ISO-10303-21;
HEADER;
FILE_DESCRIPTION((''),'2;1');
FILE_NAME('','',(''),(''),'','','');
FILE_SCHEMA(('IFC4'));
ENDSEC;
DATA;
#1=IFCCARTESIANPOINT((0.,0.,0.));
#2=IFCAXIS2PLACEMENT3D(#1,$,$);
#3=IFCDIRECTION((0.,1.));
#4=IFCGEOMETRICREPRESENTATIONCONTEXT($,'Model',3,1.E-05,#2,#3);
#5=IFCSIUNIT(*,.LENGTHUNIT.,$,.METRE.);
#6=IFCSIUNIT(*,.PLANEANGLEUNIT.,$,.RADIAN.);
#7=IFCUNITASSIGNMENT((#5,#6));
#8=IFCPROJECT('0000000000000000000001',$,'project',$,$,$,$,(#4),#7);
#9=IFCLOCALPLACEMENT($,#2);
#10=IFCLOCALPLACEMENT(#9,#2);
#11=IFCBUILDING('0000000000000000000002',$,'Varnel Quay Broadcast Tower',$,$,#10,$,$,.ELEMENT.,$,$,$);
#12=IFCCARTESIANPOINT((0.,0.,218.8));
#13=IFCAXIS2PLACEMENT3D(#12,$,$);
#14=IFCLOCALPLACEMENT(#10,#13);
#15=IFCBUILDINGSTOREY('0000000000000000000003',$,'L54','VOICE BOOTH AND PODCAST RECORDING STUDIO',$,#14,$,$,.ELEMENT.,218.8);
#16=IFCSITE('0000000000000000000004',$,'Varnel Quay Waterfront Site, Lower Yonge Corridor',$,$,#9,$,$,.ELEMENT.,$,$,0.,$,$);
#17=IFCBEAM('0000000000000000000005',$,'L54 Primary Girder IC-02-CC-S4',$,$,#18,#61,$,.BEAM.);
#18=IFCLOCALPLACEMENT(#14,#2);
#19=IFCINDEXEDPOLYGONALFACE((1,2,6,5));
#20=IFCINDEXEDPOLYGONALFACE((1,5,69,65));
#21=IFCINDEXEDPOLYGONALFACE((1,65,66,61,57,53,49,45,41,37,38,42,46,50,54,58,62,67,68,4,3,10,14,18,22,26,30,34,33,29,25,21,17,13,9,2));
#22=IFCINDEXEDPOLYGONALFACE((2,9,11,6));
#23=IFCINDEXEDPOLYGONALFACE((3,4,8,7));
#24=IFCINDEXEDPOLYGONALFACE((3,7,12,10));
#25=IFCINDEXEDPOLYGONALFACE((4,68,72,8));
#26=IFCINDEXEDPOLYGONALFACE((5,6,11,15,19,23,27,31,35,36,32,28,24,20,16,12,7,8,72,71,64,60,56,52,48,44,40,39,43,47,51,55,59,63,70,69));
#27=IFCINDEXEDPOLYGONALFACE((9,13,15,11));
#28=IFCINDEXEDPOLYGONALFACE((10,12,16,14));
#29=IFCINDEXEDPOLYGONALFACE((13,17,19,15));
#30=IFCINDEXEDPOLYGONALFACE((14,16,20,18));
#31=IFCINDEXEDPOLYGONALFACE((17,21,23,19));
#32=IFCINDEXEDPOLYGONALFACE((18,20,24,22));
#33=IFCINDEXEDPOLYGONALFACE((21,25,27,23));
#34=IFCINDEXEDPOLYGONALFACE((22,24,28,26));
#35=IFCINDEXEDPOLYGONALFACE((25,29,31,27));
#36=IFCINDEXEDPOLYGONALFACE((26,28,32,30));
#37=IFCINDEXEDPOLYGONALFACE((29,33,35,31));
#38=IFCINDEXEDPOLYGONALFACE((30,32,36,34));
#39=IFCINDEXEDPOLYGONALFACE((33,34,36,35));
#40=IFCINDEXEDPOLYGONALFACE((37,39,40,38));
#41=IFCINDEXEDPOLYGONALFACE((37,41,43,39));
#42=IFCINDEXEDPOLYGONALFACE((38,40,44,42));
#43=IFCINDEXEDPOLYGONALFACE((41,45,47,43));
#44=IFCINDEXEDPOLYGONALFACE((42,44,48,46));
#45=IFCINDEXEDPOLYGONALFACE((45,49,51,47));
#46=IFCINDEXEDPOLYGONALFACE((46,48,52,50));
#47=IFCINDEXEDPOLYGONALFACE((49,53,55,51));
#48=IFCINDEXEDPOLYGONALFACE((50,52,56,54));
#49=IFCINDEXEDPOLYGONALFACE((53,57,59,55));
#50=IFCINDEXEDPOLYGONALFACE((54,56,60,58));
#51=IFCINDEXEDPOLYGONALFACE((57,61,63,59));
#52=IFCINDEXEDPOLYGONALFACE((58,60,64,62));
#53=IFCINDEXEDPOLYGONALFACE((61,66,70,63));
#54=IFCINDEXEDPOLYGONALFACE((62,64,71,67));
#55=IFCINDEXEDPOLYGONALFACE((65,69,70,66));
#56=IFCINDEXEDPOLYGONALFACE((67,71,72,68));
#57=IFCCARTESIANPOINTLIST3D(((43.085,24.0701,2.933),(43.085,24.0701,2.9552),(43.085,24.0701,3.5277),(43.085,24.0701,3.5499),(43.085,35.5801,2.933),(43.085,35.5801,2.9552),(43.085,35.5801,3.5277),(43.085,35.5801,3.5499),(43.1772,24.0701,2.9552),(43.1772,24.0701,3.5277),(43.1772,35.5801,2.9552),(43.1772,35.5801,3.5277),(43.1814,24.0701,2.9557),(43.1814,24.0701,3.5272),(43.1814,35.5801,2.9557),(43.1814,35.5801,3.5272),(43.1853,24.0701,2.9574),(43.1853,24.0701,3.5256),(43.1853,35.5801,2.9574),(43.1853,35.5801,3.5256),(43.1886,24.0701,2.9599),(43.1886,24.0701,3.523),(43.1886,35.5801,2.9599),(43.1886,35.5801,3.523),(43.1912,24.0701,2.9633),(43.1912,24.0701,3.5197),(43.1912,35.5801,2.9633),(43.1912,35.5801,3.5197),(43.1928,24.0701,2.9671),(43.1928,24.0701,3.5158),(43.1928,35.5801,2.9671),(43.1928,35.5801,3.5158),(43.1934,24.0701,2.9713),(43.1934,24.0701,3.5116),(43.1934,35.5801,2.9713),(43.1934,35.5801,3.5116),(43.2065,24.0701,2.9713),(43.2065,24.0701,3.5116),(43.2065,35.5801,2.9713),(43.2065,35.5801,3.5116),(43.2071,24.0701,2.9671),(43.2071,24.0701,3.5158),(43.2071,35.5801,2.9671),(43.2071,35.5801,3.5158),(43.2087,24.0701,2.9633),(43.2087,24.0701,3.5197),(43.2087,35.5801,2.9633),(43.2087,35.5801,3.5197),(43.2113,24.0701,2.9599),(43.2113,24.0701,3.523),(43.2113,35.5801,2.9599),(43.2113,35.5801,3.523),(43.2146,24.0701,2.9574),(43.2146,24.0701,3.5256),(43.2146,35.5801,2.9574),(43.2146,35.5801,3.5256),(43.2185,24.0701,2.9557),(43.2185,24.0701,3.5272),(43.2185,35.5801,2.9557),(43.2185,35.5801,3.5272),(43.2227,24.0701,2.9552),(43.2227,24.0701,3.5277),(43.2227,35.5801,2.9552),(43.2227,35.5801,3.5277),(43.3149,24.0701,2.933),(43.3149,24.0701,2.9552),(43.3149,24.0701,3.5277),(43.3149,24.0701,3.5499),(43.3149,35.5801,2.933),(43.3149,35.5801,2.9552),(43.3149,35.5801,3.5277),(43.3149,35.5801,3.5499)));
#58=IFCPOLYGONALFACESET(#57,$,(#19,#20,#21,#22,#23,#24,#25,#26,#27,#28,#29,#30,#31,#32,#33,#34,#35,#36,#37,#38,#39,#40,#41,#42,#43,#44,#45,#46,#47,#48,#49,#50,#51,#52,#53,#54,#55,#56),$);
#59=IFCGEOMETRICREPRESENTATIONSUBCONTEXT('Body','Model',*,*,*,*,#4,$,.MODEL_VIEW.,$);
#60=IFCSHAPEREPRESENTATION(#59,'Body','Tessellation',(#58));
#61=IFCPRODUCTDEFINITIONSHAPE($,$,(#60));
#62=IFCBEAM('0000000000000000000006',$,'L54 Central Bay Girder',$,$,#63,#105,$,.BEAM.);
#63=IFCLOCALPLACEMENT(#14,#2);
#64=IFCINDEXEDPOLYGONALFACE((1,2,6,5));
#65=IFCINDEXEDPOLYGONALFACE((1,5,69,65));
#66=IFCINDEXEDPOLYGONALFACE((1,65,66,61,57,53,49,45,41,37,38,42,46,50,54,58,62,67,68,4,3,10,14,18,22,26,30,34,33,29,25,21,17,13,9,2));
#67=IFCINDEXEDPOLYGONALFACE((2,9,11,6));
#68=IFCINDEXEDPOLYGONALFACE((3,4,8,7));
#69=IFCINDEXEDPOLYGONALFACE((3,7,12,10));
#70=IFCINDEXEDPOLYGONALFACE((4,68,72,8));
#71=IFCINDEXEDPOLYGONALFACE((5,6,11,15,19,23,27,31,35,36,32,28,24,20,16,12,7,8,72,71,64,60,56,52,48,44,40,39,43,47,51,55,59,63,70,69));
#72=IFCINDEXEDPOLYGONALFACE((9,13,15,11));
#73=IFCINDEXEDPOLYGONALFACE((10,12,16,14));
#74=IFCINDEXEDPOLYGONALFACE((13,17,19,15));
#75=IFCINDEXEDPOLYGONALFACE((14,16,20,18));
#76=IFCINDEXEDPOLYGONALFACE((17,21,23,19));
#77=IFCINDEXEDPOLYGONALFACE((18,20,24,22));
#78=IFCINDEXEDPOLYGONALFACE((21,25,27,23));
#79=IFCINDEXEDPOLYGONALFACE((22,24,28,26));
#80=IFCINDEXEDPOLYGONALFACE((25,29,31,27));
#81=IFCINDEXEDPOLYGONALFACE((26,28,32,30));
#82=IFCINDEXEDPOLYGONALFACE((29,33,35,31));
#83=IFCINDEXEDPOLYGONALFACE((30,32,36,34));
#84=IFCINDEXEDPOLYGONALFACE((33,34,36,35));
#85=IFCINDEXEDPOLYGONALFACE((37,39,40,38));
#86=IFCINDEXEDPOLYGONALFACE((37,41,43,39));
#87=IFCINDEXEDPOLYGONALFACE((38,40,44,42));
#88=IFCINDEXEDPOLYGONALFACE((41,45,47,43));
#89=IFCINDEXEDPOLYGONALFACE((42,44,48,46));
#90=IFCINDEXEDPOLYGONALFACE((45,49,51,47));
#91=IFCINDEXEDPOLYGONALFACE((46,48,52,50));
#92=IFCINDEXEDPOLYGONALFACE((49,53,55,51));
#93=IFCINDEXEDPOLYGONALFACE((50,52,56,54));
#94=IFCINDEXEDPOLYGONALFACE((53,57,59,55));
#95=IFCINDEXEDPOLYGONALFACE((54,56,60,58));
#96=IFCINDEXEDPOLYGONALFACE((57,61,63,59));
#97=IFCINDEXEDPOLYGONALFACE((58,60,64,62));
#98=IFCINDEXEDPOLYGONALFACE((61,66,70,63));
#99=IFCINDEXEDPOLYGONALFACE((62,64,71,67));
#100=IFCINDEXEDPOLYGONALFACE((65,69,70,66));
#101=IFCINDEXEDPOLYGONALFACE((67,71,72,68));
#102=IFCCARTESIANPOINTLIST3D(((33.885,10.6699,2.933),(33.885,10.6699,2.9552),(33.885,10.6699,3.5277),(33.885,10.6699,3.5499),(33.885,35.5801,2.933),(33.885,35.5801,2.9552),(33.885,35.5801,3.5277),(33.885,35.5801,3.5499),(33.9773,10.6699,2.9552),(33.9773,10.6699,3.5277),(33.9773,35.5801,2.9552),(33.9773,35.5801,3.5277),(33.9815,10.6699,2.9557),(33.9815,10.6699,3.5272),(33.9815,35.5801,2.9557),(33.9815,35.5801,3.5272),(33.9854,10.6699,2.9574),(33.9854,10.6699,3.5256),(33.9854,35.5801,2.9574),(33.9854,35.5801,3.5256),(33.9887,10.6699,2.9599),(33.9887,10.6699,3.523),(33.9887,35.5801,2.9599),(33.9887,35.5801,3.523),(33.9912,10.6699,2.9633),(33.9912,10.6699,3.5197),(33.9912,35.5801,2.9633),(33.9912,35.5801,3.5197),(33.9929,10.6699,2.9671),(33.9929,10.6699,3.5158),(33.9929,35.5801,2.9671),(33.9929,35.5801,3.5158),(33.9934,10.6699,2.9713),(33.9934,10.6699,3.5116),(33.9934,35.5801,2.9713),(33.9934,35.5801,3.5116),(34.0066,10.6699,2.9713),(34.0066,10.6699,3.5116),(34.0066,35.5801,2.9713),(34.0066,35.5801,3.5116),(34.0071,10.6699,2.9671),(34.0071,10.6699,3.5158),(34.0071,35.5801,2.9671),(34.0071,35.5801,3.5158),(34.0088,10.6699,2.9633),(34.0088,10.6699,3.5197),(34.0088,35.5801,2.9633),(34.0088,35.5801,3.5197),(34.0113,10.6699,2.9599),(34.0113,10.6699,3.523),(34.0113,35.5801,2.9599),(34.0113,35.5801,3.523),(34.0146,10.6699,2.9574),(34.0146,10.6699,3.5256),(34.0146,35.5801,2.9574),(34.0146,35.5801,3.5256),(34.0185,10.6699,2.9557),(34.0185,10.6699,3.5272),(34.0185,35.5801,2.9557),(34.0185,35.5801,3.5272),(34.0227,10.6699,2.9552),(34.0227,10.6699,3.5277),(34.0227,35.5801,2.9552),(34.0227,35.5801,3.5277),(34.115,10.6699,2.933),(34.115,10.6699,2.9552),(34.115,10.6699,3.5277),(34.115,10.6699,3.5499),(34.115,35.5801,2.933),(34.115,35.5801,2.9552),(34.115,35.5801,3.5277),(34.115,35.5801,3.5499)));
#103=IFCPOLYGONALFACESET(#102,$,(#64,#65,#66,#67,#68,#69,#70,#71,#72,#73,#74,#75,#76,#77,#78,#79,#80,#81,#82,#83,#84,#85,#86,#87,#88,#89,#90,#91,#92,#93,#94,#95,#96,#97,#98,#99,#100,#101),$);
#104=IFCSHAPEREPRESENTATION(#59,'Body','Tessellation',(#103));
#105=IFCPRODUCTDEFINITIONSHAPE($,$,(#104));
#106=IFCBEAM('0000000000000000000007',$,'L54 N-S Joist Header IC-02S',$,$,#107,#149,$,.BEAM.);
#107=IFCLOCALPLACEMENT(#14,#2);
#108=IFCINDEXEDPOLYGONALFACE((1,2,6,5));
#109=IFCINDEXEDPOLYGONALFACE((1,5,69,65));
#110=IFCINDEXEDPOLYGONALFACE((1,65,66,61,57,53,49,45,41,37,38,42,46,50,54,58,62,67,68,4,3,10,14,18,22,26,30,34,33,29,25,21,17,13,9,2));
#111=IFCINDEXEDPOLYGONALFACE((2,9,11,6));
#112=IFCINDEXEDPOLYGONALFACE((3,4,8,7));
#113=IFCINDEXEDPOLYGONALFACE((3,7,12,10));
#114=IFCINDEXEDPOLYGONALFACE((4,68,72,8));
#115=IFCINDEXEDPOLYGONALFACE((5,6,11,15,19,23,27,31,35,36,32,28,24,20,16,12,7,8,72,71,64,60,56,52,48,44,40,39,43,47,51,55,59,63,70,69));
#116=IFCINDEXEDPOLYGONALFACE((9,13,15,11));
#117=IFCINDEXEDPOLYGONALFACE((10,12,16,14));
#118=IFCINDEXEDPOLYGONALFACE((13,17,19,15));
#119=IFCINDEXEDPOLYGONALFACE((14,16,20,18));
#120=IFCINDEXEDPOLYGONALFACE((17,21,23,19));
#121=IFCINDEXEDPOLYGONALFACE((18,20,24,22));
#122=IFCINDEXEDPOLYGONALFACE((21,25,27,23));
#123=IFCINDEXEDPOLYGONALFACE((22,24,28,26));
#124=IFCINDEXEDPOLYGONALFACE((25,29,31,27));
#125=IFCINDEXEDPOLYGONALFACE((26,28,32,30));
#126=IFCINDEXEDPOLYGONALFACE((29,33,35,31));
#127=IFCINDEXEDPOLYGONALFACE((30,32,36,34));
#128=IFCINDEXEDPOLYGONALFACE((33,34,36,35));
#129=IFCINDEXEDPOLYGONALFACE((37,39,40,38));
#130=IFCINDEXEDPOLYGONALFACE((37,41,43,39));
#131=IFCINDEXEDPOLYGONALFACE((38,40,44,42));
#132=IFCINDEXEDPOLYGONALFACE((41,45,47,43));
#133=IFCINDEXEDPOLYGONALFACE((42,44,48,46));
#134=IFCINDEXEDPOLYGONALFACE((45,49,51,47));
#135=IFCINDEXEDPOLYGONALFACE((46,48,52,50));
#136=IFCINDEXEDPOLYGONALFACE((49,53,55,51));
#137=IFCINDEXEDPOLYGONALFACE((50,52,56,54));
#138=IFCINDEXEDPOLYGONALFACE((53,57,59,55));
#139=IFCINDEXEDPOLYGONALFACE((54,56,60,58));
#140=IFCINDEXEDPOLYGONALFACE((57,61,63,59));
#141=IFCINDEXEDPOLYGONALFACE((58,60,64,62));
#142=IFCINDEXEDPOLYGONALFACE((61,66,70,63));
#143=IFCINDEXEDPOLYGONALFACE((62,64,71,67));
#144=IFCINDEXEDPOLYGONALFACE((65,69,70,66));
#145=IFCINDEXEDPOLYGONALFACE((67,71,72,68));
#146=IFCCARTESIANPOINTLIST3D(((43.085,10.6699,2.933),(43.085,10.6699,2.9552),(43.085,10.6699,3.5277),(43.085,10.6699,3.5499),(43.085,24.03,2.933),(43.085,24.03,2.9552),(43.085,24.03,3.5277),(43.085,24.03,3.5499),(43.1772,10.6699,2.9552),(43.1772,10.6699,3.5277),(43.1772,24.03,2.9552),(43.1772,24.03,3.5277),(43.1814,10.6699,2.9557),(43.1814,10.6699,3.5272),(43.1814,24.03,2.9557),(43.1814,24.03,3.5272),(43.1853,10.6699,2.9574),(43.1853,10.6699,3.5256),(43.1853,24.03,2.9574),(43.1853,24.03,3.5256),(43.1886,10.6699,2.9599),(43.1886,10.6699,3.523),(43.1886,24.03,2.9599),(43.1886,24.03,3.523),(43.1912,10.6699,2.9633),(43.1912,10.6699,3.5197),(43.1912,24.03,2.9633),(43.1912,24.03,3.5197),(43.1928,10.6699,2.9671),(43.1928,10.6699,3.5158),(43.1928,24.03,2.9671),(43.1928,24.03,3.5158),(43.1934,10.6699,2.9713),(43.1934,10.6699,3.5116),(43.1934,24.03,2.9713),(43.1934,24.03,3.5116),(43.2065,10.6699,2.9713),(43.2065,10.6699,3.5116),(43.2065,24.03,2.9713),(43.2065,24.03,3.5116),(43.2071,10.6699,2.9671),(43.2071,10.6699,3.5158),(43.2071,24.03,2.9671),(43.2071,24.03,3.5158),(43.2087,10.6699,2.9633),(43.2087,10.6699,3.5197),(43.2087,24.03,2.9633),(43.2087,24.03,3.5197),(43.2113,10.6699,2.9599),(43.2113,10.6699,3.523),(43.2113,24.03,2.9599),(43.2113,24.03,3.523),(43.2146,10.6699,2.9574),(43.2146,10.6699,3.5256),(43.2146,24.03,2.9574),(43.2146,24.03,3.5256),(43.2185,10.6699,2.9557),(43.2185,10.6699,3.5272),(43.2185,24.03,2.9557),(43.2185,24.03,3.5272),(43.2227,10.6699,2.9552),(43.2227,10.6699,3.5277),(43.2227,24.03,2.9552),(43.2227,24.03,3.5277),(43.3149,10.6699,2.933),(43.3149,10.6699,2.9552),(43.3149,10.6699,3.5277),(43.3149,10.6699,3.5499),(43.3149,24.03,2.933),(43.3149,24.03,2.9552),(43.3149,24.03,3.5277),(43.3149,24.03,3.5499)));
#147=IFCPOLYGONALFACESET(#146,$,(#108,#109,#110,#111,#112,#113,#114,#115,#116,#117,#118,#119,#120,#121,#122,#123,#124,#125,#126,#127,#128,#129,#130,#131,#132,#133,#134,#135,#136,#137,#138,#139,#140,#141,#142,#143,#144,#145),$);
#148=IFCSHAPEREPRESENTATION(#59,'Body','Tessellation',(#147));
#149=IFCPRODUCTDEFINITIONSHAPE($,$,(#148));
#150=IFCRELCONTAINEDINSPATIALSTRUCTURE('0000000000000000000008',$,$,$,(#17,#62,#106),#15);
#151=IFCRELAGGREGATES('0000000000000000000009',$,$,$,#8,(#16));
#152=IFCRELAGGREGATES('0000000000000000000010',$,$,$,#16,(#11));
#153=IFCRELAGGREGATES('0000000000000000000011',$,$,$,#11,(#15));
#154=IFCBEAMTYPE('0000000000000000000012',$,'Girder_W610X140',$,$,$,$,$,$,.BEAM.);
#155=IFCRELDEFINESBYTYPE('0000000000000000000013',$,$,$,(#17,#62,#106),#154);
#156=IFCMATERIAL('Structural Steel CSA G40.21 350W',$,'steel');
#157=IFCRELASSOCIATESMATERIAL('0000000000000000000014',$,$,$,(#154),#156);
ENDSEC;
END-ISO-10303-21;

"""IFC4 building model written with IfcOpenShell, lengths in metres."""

from ifc_helpers import new_model, si_unit, direction, frame, origin, origin_2d, place, context, subcontext, project, spatial, i_section, extrude, source, transform, mapped, material, material_profile, profile_set, type_object, element, save


model = new_model("IFC4")

# Units and contexts
model_context = context("Model", 3, precision=1e-05, world=origin(), true_north=direction((0.0, 1.0)))
body_context = subcontext(model_context, "Body", "Model", "MODEL_VIEW")
ifc_project = project(units=[si_unit("LENGTHUNIT", "METRE"), si_unit("PLANEANGLEUNIT", "RADIAN")], contexts=[model_context])

# Site, building, storey
site_placement = place(None, origin())
site = spatial("IfcSite", under=ifc_project, at=site_placement, Name="Varnel Quay Waterfront Site, Lower Yonge Corridor", CompositionType="ELEMENT", RefElevation=0.0)
building_placement = place(site_placement, origin())
building = spatial("IfcBuilding", under=site, at=building_placement, Name="Varnel Quay Broadcast Tower", CompositionType="ELEMENT")
storey_placement = place(building_placement, frame((0.0, 0.0, 218.8)))
storey = spatial("IfcBuildingStorey", under=building, at=storey_placement, Name="L54", Description="VOICE BOOTH AND PODCAST RECORDING STUDIO", CompositionType="ELEMENT", Elevation=218.8)

# Shared definitions
ifc_material_1 = material(Name="Structural Steel CSA G40.21 350W", Category="steel")

# Beams
ifc_material_profile_1 = material_profile(ifc_material_1, i_section(OverallWidth=0.23, OverallDepth=0.6169, WebThickness=0.0132, FlangeThickness=0.0222, FilletRadius=0.0161, at=origin_2d()), Name="W610X140")
ifc_profile_set_1 = profile_set([ifc_material_profile_1], Name="Structural Steel CSA G40.21 350W")
beam_type_1 = type_object("IfcBeamType", Name="Girder_W610X140", PredefinedType="BEAM", material=ifc_profile_set_1)
shared_shape_1 = source(origin(), body_context, "Body", "SweptSolid", [
    extrude(i_section(OverallWidth=0.23, OverallDepth=0.6169, WebThickness=0.0132, FlangeThickness=0.0222, FilletRadius=0.0161, at=origin_2d()), origin(), (0.0, 0.0, 1.0), 11.51),
])
beam_1_placement = place(storey_placement, frame((43.2, 24.0701, 3.2415), z_axis=(0.0, 1.0, 0.0), x_axis=(-1.0, 0.0, 0.0)))
element("IfcBeam", 1, at=beam_1_placement, inside=storey, type_object=beam_type_1, Name="L54 Primary Girder IC-02-CC-S4", PredefinedType="BEAM", context=body_context, shape_type="MappedRepresentation", body=[
    mapped(shared_shape_1, transform((0.0, 0.0, 0.0), x_axis=(1.0, 0.0, 0.0), y_axis=(0.0, 1.0, 0.0), z_axis=(0.0, 0.0, 1.0), scale=1.0)),
])
shared_shape_2 = source(origin(), body_context, "Body", "SweptSolid", [
    extrude(i_section(OverallWidth=0.23, OverallDepth=0.6169, WebThickness=0.0132, FlangeThickness=0.0222, FilletRadius=0.0161, at=origin_2d()), origin(), (0.0, 0.0, 1.0), 24.9102),
])
beam_2_placement = place(storey_placement, frame((34.0, 10.6699, 3.2415), z_axis=(0.0, 1.0, 0.0), x_axis=(-1.0, 0.0, 0.0)))
element("IfcBeam", 2, at=beam_2_placement, inside=storey, type_object=beam_type_1, Name="L54 Central Bay Girder", PredefinedType="BEAM", context=body_context, shape_type="MappedRepresentation", body=[
    mapped(shared_shape_2, transform((0.0, 0.0, 0.0), x_axis=(1.0, 0.0, 0.0), y_axis=(0.0, 1.0, 0.0), z_axis=(0.0, 0.0, 1.0), scale=1.0)),
])
shared_shape_3 = source(origin(), body_context, "Body", "SweptSolid", [
    extrude(i_section(OverallWidth=0.23, OverallDepth=0.6169, WebThickness=0.0132, FlangeThickness=0.0222, FilletRadius=0.0161, at=origin_2d()), origin(), (0.0, 0.0, 1.0), 13.3601),
])
beam_3_placement = place(storey_placement, frame((43.2, 10.6699, 3.2415), z_axis=(0.0, 1.0, 0.0), x_axis=(-1.0, 0.0, 0.0)))
element("IfcBeam", 3, at=beam_3_placement, inside=storey, type_object=beam_type_1, Name="L54 N-S Joist Header IC-02S", PredefinedType="BEAM", context=body_context, shape_type="MappedRepresentation", body=[
    mapped(shared_shape_3, transform((0.0, 0.0, 0.0), x_axis=(1.0, 0.0, 0.0), y_axis=(0.0, 1.0, 0.0), z_axis=(0.0, 0.0, 1.0), scale=1.0)),
])

save(model, "model.ifc")
